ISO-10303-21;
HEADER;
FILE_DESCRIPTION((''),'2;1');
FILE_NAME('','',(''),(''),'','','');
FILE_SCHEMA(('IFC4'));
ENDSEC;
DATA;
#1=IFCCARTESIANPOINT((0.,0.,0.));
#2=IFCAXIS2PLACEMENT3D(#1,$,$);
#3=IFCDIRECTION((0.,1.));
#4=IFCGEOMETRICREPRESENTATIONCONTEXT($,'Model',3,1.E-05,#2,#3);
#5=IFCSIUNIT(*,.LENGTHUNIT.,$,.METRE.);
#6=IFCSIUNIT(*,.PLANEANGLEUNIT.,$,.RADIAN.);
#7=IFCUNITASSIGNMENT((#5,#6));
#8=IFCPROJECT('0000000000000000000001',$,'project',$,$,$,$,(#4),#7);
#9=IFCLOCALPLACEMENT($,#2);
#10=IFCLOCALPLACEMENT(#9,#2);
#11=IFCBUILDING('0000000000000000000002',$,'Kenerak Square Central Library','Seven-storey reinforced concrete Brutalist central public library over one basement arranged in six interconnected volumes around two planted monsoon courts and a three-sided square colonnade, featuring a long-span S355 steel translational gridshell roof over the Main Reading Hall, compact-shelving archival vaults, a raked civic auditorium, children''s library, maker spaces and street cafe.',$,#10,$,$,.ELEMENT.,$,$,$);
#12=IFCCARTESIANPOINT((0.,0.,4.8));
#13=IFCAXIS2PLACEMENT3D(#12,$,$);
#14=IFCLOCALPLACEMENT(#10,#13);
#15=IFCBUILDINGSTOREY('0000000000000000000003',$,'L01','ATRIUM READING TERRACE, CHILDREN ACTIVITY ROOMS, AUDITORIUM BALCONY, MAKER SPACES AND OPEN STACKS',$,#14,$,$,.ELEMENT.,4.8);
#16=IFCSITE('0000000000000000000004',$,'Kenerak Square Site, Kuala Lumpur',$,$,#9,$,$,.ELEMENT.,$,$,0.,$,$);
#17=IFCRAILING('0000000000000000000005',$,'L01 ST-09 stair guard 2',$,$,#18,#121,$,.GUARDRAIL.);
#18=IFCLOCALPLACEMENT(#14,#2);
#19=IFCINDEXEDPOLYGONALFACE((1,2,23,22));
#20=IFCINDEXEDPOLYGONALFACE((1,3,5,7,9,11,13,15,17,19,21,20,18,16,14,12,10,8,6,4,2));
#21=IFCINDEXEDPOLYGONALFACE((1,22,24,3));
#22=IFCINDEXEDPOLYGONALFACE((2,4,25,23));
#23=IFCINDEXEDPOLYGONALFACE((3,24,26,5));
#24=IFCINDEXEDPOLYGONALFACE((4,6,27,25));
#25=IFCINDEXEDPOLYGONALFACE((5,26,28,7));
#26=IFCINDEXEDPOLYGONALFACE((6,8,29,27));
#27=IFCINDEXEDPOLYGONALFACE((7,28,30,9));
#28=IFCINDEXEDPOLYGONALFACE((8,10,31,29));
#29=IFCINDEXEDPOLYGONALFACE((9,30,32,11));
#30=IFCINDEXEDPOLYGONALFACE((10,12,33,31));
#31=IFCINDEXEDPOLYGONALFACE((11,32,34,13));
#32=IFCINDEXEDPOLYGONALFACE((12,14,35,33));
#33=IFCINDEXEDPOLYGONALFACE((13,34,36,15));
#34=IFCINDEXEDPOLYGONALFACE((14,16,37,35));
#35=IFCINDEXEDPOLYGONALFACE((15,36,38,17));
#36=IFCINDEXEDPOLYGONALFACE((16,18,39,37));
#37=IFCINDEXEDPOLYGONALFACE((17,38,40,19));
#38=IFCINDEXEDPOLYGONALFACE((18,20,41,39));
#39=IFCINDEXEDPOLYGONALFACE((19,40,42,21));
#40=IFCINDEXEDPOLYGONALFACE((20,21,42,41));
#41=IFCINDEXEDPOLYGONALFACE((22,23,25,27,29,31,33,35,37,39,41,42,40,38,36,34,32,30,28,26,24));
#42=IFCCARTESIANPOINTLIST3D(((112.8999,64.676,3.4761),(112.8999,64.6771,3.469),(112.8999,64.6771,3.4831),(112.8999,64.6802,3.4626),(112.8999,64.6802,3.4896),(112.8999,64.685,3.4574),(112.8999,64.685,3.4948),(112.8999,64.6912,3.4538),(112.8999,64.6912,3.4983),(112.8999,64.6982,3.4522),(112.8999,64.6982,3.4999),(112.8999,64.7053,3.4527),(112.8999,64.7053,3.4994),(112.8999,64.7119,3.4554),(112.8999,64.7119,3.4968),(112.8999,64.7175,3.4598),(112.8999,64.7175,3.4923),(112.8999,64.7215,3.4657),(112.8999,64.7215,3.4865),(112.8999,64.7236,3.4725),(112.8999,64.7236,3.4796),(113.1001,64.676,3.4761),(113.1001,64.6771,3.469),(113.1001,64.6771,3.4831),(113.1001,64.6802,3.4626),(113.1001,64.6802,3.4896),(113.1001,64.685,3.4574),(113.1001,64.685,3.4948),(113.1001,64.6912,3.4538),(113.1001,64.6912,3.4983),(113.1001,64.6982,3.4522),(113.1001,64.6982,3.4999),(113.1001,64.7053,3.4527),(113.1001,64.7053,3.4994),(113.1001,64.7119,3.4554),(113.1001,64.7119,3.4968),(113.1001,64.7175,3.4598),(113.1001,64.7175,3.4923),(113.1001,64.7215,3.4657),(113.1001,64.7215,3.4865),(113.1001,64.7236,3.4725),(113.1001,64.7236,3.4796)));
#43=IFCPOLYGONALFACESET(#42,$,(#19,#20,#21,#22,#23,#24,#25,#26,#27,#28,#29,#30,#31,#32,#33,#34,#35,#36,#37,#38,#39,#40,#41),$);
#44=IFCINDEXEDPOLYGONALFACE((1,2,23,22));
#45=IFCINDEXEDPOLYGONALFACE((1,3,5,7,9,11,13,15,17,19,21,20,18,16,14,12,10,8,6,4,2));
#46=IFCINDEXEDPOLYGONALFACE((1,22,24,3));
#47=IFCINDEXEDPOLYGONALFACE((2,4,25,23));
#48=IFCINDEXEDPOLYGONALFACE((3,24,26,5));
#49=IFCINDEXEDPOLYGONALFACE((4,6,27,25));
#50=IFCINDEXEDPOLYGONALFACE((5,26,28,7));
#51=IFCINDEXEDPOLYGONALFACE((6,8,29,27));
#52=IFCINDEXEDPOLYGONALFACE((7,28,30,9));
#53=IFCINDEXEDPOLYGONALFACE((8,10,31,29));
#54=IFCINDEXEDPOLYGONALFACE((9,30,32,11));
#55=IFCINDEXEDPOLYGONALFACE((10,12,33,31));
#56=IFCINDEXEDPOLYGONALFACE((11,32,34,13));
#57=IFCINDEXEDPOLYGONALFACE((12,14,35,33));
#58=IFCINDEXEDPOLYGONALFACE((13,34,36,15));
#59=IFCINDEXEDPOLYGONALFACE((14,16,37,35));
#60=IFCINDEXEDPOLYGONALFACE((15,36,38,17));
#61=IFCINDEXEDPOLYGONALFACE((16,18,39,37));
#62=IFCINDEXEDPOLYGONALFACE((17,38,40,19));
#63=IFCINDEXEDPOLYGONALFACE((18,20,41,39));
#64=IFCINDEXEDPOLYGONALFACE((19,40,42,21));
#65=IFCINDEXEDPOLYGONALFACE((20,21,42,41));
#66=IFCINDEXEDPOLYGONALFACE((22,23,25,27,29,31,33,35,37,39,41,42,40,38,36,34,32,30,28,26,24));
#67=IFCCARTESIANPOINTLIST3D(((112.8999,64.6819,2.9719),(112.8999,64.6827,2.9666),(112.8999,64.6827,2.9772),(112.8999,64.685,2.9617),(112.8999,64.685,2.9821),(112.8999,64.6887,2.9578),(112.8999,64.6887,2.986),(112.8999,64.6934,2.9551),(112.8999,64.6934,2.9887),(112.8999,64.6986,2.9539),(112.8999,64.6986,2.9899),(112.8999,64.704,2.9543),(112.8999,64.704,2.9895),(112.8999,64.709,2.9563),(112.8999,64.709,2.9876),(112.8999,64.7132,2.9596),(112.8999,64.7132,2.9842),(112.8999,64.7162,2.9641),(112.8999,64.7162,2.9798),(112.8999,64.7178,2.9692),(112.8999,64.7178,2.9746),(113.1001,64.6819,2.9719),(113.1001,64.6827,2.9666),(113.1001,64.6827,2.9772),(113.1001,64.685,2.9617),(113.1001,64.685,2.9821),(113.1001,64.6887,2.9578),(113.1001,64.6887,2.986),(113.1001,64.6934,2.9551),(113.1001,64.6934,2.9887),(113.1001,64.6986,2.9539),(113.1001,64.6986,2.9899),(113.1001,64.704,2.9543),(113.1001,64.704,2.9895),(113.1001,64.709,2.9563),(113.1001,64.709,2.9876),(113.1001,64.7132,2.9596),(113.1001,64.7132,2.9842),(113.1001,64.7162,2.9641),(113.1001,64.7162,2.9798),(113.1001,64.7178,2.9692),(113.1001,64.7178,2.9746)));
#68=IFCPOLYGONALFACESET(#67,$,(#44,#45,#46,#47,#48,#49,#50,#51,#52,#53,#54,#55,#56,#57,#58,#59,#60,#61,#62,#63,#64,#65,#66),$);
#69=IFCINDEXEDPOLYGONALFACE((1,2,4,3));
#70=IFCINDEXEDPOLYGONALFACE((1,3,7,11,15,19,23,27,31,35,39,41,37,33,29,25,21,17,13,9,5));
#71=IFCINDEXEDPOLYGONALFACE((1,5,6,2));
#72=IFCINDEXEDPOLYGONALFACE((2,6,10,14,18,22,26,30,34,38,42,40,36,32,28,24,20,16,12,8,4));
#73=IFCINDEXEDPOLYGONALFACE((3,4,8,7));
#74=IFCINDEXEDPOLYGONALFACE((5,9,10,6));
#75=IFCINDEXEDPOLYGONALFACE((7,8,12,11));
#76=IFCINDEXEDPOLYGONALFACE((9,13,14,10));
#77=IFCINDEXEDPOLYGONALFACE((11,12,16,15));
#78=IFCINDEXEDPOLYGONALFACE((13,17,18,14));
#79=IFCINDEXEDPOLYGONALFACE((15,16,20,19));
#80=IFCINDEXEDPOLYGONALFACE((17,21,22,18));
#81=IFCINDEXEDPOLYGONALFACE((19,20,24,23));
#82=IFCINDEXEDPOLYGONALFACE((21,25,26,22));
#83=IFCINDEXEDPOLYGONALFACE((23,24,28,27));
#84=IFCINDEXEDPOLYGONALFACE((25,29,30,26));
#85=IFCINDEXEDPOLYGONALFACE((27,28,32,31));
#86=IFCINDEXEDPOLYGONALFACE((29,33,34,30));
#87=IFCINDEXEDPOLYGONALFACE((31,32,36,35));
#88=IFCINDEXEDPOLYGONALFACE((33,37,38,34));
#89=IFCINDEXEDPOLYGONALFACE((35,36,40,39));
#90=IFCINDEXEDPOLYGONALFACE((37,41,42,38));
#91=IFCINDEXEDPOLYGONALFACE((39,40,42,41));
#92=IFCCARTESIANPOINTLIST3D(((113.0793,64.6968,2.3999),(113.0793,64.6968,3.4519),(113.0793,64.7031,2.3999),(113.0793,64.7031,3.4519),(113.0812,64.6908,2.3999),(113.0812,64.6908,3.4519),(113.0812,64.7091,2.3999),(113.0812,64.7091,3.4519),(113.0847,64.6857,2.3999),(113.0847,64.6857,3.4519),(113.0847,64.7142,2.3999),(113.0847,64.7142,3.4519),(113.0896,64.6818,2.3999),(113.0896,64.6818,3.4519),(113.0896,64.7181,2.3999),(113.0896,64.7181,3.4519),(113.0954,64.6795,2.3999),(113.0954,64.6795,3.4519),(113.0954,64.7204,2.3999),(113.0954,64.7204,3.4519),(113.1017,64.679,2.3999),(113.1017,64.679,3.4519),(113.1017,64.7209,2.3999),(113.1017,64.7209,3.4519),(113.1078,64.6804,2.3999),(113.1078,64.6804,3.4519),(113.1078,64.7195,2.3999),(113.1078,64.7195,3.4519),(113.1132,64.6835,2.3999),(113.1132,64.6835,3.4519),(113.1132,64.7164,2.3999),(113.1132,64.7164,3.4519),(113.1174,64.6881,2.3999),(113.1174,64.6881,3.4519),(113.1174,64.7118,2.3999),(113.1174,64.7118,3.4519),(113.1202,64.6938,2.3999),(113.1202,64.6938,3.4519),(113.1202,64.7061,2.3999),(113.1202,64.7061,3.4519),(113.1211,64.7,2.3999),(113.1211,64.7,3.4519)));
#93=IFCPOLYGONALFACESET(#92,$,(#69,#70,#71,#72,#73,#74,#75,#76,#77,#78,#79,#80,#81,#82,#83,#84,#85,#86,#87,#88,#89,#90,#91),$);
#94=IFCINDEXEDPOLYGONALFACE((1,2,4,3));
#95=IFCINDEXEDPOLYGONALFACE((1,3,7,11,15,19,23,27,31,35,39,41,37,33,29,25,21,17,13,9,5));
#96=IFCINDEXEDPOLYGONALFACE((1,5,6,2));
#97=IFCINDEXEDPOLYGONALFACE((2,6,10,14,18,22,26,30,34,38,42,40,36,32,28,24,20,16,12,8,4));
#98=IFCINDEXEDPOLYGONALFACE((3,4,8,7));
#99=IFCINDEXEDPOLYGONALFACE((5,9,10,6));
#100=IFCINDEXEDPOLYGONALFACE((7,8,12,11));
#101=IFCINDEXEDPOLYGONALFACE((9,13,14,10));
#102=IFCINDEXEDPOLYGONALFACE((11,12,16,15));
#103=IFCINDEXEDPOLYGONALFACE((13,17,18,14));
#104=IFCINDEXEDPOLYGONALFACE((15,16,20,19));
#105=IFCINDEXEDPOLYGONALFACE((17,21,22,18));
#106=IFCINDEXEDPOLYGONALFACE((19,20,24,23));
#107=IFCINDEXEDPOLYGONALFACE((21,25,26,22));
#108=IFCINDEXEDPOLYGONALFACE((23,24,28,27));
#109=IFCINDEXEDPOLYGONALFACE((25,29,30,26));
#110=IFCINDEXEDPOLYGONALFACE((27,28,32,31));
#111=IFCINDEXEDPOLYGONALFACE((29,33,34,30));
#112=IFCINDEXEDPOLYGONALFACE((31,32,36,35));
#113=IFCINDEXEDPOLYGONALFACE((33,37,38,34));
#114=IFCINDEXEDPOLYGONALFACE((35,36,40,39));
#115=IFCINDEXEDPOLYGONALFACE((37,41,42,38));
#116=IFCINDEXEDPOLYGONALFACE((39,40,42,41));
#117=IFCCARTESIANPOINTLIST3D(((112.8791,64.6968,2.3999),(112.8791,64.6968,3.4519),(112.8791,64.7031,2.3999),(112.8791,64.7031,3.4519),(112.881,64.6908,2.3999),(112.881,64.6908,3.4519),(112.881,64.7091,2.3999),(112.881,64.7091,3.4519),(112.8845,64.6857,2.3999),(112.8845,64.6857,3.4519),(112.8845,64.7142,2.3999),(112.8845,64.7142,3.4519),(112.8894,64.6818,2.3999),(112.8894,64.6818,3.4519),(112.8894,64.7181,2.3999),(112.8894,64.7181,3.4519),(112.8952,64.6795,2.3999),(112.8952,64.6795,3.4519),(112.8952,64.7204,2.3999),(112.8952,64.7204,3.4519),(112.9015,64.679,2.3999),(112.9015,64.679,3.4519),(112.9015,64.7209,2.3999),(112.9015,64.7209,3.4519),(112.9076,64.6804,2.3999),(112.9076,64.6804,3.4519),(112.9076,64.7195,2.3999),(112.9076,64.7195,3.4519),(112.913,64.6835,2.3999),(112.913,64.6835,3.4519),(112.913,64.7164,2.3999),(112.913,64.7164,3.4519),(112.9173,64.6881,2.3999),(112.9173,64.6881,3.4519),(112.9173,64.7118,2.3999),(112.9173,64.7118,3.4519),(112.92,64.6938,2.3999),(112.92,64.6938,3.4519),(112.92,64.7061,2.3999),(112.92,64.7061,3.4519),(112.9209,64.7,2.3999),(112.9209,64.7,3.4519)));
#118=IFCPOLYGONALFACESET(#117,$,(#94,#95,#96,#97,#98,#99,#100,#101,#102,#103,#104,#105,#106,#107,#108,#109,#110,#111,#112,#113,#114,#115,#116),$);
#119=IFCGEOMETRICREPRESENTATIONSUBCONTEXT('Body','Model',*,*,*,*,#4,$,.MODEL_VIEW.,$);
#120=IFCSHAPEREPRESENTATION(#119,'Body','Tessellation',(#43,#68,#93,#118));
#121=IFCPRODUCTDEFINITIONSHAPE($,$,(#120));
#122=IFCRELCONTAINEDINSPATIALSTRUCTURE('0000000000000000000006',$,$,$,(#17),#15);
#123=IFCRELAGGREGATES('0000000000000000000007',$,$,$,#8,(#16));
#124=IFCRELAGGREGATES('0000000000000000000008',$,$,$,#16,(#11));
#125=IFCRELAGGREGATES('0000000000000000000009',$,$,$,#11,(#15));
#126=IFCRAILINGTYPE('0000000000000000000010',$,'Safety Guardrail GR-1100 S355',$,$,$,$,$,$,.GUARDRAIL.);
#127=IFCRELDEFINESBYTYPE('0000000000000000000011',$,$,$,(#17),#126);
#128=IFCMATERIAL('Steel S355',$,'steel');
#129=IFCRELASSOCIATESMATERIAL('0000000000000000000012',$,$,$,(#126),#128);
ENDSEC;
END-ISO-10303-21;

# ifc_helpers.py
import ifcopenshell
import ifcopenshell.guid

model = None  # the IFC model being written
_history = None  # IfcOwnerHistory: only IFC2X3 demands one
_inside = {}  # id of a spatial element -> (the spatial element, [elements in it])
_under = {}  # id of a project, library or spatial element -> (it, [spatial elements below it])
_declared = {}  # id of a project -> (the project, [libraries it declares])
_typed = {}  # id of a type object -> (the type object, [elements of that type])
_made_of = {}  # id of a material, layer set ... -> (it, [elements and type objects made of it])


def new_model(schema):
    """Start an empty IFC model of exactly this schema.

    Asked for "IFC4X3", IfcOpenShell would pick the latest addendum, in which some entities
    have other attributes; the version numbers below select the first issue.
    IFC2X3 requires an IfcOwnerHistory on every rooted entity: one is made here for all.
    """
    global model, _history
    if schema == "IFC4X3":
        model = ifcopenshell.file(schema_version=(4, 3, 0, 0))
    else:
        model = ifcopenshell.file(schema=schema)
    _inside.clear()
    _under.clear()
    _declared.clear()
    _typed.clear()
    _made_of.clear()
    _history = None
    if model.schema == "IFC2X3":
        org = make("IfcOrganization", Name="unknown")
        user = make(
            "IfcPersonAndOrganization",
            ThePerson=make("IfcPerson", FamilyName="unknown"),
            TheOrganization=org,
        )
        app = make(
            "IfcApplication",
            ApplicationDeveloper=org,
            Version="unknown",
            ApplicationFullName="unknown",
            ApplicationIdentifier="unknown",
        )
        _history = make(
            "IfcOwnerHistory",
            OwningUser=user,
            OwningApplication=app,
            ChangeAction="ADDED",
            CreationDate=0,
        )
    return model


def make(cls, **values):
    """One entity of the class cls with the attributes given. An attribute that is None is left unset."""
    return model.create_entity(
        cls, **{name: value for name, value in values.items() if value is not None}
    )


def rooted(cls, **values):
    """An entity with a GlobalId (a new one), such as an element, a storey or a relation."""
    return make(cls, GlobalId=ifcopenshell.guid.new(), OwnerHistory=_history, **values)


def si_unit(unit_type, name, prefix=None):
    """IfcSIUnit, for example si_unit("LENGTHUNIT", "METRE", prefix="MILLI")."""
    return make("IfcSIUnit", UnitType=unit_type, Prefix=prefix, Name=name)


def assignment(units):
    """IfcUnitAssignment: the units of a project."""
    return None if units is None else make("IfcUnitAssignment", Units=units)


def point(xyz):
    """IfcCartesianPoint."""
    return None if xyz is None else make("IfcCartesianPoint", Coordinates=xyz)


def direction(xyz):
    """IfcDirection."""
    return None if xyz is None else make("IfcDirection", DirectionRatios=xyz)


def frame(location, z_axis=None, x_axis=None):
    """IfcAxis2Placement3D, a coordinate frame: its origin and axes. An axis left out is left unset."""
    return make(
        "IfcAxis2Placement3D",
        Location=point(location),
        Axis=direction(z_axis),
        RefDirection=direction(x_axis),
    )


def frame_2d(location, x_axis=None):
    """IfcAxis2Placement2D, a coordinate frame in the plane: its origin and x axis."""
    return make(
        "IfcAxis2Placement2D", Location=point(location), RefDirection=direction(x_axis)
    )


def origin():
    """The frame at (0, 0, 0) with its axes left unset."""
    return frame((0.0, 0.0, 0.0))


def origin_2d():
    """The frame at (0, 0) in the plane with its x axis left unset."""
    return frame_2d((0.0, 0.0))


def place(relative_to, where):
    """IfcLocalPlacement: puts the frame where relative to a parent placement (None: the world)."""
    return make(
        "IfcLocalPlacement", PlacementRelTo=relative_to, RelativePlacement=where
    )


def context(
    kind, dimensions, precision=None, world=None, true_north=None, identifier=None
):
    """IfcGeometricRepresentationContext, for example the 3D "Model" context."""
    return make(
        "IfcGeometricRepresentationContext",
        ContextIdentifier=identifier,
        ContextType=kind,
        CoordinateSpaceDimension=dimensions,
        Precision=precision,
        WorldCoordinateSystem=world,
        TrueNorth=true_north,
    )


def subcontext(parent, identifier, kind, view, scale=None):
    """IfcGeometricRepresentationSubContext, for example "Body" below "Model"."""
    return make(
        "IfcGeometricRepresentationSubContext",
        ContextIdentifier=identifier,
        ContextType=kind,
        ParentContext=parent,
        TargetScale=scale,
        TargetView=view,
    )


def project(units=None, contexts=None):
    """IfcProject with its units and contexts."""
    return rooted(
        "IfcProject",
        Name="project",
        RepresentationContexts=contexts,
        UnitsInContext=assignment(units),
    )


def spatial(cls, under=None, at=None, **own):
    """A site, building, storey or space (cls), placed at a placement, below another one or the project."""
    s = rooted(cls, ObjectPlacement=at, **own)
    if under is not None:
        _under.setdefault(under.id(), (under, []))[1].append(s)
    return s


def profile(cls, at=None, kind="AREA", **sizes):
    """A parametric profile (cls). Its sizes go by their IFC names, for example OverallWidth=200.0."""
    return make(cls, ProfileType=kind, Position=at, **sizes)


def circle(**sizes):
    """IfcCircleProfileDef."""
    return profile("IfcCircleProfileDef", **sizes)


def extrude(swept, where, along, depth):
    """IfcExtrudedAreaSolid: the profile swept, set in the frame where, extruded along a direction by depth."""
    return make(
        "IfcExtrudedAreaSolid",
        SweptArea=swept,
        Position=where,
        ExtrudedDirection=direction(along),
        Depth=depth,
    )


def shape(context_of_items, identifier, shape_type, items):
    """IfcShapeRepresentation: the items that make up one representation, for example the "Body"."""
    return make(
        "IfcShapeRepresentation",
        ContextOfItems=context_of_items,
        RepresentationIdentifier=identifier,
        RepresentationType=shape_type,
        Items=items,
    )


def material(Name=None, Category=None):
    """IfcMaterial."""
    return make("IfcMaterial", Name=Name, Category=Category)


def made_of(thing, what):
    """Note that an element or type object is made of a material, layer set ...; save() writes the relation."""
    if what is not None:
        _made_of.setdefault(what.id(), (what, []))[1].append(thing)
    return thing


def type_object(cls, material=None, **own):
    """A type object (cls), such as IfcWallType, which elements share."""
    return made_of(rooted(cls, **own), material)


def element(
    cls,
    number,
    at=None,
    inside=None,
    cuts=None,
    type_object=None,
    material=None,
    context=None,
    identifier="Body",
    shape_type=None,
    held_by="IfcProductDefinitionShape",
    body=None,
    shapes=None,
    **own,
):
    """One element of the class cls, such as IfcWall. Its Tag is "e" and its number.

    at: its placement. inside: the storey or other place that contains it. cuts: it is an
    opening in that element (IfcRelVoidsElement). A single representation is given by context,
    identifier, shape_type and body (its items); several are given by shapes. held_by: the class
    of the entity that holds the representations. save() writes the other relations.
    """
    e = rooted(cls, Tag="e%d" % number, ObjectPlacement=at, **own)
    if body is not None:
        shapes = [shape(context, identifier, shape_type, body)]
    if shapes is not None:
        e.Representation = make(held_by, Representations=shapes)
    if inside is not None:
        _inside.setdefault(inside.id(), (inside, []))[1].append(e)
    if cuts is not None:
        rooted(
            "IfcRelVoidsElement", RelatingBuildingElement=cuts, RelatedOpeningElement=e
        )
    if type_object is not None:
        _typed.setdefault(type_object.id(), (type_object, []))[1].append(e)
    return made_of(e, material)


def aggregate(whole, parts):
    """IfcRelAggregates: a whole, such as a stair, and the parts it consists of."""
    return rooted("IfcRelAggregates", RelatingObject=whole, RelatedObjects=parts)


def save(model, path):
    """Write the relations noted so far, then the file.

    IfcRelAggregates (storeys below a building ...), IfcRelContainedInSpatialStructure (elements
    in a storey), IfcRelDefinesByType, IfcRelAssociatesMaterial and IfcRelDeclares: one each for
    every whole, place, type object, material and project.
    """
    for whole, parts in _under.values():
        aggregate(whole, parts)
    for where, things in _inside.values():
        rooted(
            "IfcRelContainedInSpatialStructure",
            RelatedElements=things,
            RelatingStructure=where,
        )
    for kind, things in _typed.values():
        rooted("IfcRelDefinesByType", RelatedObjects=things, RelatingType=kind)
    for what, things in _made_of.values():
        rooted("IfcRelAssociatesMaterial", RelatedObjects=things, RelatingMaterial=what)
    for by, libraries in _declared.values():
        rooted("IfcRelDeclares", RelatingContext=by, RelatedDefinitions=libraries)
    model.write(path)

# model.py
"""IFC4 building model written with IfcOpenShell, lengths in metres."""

from ifc_helpers import new_model, si_unit, direction, frame, origin, origin_2d, place, context, subcontext, project, spatial, circle, extrude, material, type_object, element, save


model = new_model("IFC4")

# Units and contexts
model_context = context("Model", 3, precision=1e-05, world=origin(), true_north=direction((0.0, 1.0)))
body_context = subcontext(model_context, "Body", "Model", "MODEL_VIEW")
ifc_project = project(units=[si_unit("LENGTHUNIT", "METRE"), si_unit("PLANEANGLEUNIT", "RADIAN")], contexts=[model_context])

# Site, building, storey
site_placement = place(None, origin())
site = spatial("IfcSite", under=ifc_project, at=site_placement, Name="Kenerak Square Site, Kuala Lumpur", CompositionType="ELEMENT", RefElevation=0.0)
building_placement = place(site_placement, origin())
building = spatial("IfcBuilding", under=site, at=building_placement, Name="Kenerak Square Central Library", Description="Seven-storey reinforced concrete Brutalist central public library over one basement arranged in six interconnected volumes around two planted monsoon courts and a three-sided square colonnade, featuring a long-span S355 steel translational gridshell roof over the Main Reading Hall, compact-shelving archival vaults, a raked civic auditorium, children's library, maker spaces and street cafe.", CompositionType="ELEMENT")
storey_placement = place(building_placement, frame((0.0, 0.0, 4.8)))
storey = spatial("IfcBuildingStorey", under=building, at=storey_placement, Name="L01", Description="ATRIUM READING TERRACE, CHILDREN ACTIVITY ROOMS, AUDITORIUM BALCONY, MAKER SPACES AND OPEN STACKS", CompositionType="ELEMENT", Elevation=4.8)

# Railing
ifc_material_1 = material(Name="Steel S355", Category="steel")
railing_type_1 = type_object("IfcRailingType", Name="Safety Guardrail GR-1100 S355", PredefinedType="GUARDRAIL", material=ifc_material_1)
railing_1_placement = place(storey_placement, frame((113.1001, 64.7, 2.3999)))
element("IfcRailing", 1, at=railing_1_placement, inside=storey, type_object=railing_type_1, Name="L01 ST-09 stair guard 2", PredefinedType="GUARDRAIL", context=body_context, shape_type="SweptSolid", body=[
    extrude(circle(Radius=0.0239, at=origin_2d()), frame((0.0, 0.0, 1.0762), z_axis=(-1.0, 0.0, 0.0), x_axis=(0.0, -1.0, 0.0)), (0.0, 0.0, 1.0), 0.2002),
    extrude(circle(Radius=0.0181, at=origin_2d()), frame((0.0, 0.0, 0.572), z_axis=(-1.0, 0.0, 0.0), x_axis=(0.0, -1.0, 0.0)), (0.0, 0.0, 1.0), 0.2002),
    extrude(circle(Radius=0.021, at=origin_2d()), origin(), (0.0, 0.0, 1.0), 1.052),
    extrude(circle(Radius=0.021, at=origin_2d()), frame((-0.2002, 0.0, 0.0)), (0.0, 0.0, 1.0), 1.052),
])

save(model, "model.ifc")
